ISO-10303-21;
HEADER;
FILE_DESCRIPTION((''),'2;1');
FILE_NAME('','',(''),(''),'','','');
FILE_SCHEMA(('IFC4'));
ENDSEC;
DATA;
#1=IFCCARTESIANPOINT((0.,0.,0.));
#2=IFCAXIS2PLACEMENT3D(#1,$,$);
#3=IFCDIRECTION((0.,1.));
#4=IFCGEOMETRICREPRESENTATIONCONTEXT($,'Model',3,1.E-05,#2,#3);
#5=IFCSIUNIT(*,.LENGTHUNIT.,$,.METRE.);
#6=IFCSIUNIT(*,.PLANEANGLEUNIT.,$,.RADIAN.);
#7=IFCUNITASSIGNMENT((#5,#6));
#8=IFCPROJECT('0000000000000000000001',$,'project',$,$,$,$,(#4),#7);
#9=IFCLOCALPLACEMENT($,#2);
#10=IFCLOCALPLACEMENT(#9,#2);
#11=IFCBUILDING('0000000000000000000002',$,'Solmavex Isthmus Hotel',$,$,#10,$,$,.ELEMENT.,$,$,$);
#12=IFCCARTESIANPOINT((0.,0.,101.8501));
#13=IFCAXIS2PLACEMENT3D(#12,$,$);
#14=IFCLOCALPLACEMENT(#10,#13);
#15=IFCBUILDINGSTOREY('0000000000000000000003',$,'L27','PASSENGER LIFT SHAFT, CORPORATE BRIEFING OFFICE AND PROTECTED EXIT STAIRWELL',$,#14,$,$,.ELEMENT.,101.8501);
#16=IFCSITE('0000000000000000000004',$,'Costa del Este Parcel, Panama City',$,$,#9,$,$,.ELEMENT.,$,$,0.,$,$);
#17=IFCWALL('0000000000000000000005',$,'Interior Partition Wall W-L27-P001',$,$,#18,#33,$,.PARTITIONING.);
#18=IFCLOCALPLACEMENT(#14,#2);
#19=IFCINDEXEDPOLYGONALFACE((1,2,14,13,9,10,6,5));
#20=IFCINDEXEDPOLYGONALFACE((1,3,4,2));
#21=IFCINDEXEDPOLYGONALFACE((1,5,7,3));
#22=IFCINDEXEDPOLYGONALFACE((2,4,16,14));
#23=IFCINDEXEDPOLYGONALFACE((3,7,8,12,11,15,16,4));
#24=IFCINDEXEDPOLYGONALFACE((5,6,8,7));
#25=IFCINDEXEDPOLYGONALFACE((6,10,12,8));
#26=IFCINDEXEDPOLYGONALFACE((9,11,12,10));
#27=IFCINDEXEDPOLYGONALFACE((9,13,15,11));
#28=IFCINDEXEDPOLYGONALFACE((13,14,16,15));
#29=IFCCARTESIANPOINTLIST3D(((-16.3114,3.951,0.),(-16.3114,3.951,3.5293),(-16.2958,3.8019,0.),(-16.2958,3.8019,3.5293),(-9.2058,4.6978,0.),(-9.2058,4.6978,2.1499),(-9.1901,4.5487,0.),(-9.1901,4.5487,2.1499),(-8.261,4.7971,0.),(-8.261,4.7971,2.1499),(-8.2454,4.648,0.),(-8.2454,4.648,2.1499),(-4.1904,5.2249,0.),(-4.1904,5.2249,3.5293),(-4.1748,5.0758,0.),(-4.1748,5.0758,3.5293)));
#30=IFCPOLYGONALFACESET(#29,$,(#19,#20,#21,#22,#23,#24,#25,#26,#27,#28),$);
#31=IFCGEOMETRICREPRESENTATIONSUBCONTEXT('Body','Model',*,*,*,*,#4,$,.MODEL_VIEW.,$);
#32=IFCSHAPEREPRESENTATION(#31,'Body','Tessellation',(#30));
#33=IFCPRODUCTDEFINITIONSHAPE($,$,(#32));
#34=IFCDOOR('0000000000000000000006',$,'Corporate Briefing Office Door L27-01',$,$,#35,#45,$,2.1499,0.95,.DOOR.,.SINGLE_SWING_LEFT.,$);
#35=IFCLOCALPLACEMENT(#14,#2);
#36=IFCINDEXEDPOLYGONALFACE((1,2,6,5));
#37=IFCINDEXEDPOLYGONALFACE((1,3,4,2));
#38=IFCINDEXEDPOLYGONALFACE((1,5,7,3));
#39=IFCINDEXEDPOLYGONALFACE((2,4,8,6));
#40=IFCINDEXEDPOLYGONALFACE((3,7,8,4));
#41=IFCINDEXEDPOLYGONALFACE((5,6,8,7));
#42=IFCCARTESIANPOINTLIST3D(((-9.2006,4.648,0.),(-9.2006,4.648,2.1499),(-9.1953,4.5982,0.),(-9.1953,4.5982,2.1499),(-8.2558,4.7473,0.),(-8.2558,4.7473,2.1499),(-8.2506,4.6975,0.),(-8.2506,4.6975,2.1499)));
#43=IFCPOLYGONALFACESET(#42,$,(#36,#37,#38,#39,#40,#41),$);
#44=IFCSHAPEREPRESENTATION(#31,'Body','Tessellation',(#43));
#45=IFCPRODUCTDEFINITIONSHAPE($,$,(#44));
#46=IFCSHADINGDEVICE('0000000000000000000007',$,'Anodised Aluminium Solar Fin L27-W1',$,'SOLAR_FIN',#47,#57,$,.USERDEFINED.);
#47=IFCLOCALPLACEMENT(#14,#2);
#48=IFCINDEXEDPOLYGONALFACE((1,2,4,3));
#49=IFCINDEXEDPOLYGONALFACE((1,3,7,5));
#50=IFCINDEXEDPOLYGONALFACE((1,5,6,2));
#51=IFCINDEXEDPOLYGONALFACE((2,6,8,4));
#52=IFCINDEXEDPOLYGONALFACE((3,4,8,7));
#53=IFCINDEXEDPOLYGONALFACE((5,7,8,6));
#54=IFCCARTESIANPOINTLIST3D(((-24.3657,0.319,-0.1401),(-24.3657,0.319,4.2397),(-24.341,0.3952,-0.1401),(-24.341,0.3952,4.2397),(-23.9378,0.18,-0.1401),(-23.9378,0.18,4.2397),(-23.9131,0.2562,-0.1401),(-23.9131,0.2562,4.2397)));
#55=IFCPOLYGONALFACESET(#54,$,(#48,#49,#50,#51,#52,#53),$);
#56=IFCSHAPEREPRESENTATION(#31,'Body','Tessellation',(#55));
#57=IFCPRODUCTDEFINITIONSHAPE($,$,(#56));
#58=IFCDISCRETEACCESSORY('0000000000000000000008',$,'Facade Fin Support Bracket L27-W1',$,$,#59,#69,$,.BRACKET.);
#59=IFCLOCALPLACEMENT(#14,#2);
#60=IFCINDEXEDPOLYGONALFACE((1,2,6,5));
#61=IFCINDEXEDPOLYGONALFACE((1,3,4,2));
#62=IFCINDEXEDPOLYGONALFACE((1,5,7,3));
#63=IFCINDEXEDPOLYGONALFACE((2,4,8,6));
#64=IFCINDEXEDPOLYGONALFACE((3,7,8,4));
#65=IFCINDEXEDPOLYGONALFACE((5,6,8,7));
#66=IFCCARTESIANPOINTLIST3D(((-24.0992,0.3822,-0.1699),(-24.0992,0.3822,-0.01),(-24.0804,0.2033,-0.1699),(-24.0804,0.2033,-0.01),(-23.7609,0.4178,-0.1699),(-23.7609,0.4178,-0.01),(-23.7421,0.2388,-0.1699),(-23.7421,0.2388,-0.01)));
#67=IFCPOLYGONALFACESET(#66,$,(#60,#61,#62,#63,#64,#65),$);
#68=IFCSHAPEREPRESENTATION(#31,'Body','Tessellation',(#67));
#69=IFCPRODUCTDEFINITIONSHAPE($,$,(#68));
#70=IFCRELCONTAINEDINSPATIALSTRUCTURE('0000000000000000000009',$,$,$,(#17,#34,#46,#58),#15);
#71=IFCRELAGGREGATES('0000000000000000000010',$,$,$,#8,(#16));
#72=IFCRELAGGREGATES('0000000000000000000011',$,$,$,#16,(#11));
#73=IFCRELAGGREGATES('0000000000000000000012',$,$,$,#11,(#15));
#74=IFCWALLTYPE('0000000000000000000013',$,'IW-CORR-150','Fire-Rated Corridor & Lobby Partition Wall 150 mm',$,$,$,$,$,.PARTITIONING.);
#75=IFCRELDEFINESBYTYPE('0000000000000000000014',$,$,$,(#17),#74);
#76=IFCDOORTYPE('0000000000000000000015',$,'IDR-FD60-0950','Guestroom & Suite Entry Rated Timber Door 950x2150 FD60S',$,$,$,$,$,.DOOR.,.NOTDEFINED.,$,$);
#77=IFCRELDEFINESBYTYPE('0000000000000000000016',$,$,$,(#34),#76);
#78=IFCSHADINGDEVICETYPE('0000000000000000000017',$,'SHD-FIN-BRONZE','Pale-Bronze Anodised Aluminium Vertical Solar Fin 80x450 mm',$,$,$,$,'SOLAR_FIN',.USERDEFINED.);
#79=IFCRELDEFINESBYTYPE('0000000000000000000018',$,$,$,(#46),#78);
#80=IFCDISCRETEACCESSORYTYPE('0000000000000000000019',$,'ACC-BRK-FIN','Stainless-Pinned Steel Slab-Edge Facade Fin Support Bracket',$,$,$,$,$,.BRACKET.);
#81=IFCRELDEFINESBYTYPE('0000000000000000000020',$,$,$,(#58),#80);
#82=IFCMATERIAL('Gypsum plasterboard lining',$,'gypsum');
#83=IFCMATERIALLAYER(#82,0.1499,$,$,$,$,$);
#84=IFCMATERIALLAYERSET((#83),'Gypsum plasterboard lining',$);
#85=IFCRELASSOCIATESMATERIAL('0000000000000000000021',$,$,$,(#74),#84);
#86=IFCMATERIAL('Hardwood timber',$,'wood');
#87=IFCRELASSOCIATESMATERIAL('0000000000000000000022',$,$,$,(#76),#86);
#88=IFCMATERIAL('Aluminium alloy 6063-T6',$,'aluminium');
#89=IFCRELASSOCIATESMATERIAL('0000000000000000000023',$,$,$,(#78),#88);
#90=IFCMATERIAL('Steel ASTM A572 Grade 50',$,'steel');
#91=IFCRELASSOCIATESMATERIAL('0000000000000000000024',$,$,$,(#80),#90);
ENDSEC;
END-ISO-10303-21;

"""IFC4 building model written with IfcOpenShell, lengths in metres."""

from ifc_helpers import new_model, si_unit, direction, frame, frame_2d, origin, origin_2d, place, context, subcontext, project, spatial, rectangle, extrude, material, layer, layer_set, type_object, element, fill, save


model = new_model("IFC4")

# Units and contexts
model_context = context("Model", 3, precision=1e-05, world=origin(), true_north=direction((0.0, 1.0)))
body_context = subcontext(model_context, "Body", "Model", "MODEL_VIEW")
ifc_project = project(units=[si_unit("LENGTHUNIT", "METRE"), si_unit("PLANEANGLEUNIT", "RADIAN")], contexts=[model_context])

# Site, building, storey
site_placement = place(None, origin())
site = spatial("IfcSite", under=ifc_project, at=site_placement, Name="Costa del Este Parcel, Panama City", CompositionType="ELEMENT", RefElevation=0.0)
building_placement = place(site_placement, origin())
building = spatial("IfcBuilding", under=site, at=building_placement, Name="Solmavex Isthmus Hotel", CompositionType="ELEMENT")
storey_placement = place(building_placement, frame((0.0, 0.0, 101.8501)))
storey = spatial("IfcBuildingStorey", under=building, at=storey_placement, Name="L27", Description="PASSENGER LIFT SHAFT, CORPORATE BRIEFING OFFICE AND PROTECTED EXIT STAIRWELL", CompositionType="ELEMENT", Elevation=101.8501)

# Shared definitions
ifc_material_1 = material(Name="Aluminium alloy 6063-T6", Category="aluminium")

# Shared definitions
ifc_material_2 = material(Name="Gypsum plasterboard lining", Category="gypsum")

# Wall, opening, door
ifc_layer_1 = layer(ifc_material_2, 0.1499)
ifc_layer_set_1 = layer_set([ifc_layer_1], Name="Gypsum plasterboard lining")
wall_type_1 = type_object("IfcWallType", Name="IW-CORR-150", Description="Fire-Rated Corridor & Lobby Partition Wall 150 mm", PredefinedType="PARTITIONING", material=ifc_layer_set_1)
wall_1_placement = place(storey_placement, frame((-16.3035, 3.8765, 0.0), z_axis=(0.0, 0.0, 1.0), x_axis=(0.994522, 0.104524, 0.0)))
wall_1 = element("IfcWall", 1, at=wall_1_placement, inside=storey, type_object=wall_type_1, Name="Interior Partition Wall W-L27-P001", PredefinedType="PARTITIONING", context=body_context, shape_type="SweptSolid", body=[
    extrude(rectangle(XDim=12.1877, YDim=0.1499, at=frame_2d((6.0938, 0.0))), origin(), (0.0, 0.0, 1.0), 3.5293),
])
opening_1_placement = place(wall_1_placement, frame((7.1445, 0.0, 0.0)))
opening_1 = element("IfcOpeningElement", 2, at=opening_1_placement, cuts=wall_1, PredefinedType="OPENING", context=body_context, shape_type="SweptSolid", body=[
    extrude(rectangle(XDim=0.95, YDim=2.1499, at=frame_2d((0.4751, 1.075))), frame((0.0, 0.085, 0.0), z_axis=(0.0, -1.0, 0.0), x_axis=(1.0, 0.0, 0.0)), (0.0, 0.0, 1.0), 0.1699),
])
ifc_material_3 = material(Name="Hardwood timber", Category="wood")
door_type = type_object("IfcDoorType", Name="IDR-FD60-0950", Description="Guestroom & Suite Entry Rated Timber Door 950x2150 FD60S", OperationType="NOTDEFINED", PredefinedType="DOOR", material=ifc_material_3)
door_1_placement = place(opening_1_placement, origin())
door_1 = element("IfcDoor", 3, at=door_1_placement, inside=storey, type_object=door_type, Name="Corporate Briefing Office Door L27-01", OperationType="SINGLE_SWING_LEFT", OverallHeight=2.1499, OverallWidth=0.95, PredefinedType="DOOR", context=body_context, shape_type="SweptSolid", body=[
    extrude(rectangle(XDim=0.95, YDim=2.1499, at=frame_2d((0.4751, 1.075))), frame((0.0, 0.0249, 0.0), z_axis=(0.0, -1.0, 0.0), x_axis=(1.0, 0.0, 0.0)), (0.0, 0.0, 1.0), 0.05),
])
fill(opening_1, door_1)

# Shading device
shading_device_type = type_object("IfcShadingDeviceType", Name="SHD-FIN-BRONZE", Description="Pale-Bronze Anodised Aluminium Vertical Solar Fin 80x450 mm", ElementType="SOLAR_FIN", PredefinedType="USERDEFINED", material=ifc_material_1)
shading_device_placement = place(storey_placement, frame((-24.1394, 0.2876, -0.1401), z_axis=(0.0, 0.0, 1.0), x_axis=(-0.951057, 0.309017, 0.0)))
element("IfcShadingDevice", 4, at=shading_device_placement, inside=storey, type_object=shading_device_type, Name="Anodised Aluminium Solar Fin L27-W1", ObjectType="SOLAR_FIN", PredefinedType="USERDEFINED", context=body_context, shape_type="SweptSolid", body=[
    extrude(rectangle(XDim=0.45, YDim=0.0801, at=origin_2d()), origin(), (0.0, 0.0, 1.0), 4.3799),
])

# Discrete accessory
ifc_material_4 = material(Name="Steel ASTM A572 Grade 50", Category="steel")
discrete_accessory_type = type_object("IfcDiscreteAccessoryType", Name="ACC-BRK-FIN", Description="Stainless-Pinned Steel Slab-Edge Facade Fin Support Bracket", PredefinedType="BRACKET", material=ifc_material_4)
discrete_accessory_placement = place(storey_placement, frame((-23.9207, 0.3105, -0.1699), z_axis=(0.0, 0.0, 1.0), x_axis=(-0.994522, -0.104528, 0.0)))
element("IfcDiscreteAccessory", 5, at=discrete_accessory_placement, inside=storey, type_object=discrete_accessory_type, Name="Facade Fin Support Bracket L27-W1", PredefinedType="BRACKET", context=body_context, shape_type="SweptSolid", body=[
    extrude(rectangle(XDim=0.3401, YDim=0.1799, at=origin_2d()), origin(), (0.0, 0.0, 1.0), 0.1599),
])

save(model, "model.ifc")
